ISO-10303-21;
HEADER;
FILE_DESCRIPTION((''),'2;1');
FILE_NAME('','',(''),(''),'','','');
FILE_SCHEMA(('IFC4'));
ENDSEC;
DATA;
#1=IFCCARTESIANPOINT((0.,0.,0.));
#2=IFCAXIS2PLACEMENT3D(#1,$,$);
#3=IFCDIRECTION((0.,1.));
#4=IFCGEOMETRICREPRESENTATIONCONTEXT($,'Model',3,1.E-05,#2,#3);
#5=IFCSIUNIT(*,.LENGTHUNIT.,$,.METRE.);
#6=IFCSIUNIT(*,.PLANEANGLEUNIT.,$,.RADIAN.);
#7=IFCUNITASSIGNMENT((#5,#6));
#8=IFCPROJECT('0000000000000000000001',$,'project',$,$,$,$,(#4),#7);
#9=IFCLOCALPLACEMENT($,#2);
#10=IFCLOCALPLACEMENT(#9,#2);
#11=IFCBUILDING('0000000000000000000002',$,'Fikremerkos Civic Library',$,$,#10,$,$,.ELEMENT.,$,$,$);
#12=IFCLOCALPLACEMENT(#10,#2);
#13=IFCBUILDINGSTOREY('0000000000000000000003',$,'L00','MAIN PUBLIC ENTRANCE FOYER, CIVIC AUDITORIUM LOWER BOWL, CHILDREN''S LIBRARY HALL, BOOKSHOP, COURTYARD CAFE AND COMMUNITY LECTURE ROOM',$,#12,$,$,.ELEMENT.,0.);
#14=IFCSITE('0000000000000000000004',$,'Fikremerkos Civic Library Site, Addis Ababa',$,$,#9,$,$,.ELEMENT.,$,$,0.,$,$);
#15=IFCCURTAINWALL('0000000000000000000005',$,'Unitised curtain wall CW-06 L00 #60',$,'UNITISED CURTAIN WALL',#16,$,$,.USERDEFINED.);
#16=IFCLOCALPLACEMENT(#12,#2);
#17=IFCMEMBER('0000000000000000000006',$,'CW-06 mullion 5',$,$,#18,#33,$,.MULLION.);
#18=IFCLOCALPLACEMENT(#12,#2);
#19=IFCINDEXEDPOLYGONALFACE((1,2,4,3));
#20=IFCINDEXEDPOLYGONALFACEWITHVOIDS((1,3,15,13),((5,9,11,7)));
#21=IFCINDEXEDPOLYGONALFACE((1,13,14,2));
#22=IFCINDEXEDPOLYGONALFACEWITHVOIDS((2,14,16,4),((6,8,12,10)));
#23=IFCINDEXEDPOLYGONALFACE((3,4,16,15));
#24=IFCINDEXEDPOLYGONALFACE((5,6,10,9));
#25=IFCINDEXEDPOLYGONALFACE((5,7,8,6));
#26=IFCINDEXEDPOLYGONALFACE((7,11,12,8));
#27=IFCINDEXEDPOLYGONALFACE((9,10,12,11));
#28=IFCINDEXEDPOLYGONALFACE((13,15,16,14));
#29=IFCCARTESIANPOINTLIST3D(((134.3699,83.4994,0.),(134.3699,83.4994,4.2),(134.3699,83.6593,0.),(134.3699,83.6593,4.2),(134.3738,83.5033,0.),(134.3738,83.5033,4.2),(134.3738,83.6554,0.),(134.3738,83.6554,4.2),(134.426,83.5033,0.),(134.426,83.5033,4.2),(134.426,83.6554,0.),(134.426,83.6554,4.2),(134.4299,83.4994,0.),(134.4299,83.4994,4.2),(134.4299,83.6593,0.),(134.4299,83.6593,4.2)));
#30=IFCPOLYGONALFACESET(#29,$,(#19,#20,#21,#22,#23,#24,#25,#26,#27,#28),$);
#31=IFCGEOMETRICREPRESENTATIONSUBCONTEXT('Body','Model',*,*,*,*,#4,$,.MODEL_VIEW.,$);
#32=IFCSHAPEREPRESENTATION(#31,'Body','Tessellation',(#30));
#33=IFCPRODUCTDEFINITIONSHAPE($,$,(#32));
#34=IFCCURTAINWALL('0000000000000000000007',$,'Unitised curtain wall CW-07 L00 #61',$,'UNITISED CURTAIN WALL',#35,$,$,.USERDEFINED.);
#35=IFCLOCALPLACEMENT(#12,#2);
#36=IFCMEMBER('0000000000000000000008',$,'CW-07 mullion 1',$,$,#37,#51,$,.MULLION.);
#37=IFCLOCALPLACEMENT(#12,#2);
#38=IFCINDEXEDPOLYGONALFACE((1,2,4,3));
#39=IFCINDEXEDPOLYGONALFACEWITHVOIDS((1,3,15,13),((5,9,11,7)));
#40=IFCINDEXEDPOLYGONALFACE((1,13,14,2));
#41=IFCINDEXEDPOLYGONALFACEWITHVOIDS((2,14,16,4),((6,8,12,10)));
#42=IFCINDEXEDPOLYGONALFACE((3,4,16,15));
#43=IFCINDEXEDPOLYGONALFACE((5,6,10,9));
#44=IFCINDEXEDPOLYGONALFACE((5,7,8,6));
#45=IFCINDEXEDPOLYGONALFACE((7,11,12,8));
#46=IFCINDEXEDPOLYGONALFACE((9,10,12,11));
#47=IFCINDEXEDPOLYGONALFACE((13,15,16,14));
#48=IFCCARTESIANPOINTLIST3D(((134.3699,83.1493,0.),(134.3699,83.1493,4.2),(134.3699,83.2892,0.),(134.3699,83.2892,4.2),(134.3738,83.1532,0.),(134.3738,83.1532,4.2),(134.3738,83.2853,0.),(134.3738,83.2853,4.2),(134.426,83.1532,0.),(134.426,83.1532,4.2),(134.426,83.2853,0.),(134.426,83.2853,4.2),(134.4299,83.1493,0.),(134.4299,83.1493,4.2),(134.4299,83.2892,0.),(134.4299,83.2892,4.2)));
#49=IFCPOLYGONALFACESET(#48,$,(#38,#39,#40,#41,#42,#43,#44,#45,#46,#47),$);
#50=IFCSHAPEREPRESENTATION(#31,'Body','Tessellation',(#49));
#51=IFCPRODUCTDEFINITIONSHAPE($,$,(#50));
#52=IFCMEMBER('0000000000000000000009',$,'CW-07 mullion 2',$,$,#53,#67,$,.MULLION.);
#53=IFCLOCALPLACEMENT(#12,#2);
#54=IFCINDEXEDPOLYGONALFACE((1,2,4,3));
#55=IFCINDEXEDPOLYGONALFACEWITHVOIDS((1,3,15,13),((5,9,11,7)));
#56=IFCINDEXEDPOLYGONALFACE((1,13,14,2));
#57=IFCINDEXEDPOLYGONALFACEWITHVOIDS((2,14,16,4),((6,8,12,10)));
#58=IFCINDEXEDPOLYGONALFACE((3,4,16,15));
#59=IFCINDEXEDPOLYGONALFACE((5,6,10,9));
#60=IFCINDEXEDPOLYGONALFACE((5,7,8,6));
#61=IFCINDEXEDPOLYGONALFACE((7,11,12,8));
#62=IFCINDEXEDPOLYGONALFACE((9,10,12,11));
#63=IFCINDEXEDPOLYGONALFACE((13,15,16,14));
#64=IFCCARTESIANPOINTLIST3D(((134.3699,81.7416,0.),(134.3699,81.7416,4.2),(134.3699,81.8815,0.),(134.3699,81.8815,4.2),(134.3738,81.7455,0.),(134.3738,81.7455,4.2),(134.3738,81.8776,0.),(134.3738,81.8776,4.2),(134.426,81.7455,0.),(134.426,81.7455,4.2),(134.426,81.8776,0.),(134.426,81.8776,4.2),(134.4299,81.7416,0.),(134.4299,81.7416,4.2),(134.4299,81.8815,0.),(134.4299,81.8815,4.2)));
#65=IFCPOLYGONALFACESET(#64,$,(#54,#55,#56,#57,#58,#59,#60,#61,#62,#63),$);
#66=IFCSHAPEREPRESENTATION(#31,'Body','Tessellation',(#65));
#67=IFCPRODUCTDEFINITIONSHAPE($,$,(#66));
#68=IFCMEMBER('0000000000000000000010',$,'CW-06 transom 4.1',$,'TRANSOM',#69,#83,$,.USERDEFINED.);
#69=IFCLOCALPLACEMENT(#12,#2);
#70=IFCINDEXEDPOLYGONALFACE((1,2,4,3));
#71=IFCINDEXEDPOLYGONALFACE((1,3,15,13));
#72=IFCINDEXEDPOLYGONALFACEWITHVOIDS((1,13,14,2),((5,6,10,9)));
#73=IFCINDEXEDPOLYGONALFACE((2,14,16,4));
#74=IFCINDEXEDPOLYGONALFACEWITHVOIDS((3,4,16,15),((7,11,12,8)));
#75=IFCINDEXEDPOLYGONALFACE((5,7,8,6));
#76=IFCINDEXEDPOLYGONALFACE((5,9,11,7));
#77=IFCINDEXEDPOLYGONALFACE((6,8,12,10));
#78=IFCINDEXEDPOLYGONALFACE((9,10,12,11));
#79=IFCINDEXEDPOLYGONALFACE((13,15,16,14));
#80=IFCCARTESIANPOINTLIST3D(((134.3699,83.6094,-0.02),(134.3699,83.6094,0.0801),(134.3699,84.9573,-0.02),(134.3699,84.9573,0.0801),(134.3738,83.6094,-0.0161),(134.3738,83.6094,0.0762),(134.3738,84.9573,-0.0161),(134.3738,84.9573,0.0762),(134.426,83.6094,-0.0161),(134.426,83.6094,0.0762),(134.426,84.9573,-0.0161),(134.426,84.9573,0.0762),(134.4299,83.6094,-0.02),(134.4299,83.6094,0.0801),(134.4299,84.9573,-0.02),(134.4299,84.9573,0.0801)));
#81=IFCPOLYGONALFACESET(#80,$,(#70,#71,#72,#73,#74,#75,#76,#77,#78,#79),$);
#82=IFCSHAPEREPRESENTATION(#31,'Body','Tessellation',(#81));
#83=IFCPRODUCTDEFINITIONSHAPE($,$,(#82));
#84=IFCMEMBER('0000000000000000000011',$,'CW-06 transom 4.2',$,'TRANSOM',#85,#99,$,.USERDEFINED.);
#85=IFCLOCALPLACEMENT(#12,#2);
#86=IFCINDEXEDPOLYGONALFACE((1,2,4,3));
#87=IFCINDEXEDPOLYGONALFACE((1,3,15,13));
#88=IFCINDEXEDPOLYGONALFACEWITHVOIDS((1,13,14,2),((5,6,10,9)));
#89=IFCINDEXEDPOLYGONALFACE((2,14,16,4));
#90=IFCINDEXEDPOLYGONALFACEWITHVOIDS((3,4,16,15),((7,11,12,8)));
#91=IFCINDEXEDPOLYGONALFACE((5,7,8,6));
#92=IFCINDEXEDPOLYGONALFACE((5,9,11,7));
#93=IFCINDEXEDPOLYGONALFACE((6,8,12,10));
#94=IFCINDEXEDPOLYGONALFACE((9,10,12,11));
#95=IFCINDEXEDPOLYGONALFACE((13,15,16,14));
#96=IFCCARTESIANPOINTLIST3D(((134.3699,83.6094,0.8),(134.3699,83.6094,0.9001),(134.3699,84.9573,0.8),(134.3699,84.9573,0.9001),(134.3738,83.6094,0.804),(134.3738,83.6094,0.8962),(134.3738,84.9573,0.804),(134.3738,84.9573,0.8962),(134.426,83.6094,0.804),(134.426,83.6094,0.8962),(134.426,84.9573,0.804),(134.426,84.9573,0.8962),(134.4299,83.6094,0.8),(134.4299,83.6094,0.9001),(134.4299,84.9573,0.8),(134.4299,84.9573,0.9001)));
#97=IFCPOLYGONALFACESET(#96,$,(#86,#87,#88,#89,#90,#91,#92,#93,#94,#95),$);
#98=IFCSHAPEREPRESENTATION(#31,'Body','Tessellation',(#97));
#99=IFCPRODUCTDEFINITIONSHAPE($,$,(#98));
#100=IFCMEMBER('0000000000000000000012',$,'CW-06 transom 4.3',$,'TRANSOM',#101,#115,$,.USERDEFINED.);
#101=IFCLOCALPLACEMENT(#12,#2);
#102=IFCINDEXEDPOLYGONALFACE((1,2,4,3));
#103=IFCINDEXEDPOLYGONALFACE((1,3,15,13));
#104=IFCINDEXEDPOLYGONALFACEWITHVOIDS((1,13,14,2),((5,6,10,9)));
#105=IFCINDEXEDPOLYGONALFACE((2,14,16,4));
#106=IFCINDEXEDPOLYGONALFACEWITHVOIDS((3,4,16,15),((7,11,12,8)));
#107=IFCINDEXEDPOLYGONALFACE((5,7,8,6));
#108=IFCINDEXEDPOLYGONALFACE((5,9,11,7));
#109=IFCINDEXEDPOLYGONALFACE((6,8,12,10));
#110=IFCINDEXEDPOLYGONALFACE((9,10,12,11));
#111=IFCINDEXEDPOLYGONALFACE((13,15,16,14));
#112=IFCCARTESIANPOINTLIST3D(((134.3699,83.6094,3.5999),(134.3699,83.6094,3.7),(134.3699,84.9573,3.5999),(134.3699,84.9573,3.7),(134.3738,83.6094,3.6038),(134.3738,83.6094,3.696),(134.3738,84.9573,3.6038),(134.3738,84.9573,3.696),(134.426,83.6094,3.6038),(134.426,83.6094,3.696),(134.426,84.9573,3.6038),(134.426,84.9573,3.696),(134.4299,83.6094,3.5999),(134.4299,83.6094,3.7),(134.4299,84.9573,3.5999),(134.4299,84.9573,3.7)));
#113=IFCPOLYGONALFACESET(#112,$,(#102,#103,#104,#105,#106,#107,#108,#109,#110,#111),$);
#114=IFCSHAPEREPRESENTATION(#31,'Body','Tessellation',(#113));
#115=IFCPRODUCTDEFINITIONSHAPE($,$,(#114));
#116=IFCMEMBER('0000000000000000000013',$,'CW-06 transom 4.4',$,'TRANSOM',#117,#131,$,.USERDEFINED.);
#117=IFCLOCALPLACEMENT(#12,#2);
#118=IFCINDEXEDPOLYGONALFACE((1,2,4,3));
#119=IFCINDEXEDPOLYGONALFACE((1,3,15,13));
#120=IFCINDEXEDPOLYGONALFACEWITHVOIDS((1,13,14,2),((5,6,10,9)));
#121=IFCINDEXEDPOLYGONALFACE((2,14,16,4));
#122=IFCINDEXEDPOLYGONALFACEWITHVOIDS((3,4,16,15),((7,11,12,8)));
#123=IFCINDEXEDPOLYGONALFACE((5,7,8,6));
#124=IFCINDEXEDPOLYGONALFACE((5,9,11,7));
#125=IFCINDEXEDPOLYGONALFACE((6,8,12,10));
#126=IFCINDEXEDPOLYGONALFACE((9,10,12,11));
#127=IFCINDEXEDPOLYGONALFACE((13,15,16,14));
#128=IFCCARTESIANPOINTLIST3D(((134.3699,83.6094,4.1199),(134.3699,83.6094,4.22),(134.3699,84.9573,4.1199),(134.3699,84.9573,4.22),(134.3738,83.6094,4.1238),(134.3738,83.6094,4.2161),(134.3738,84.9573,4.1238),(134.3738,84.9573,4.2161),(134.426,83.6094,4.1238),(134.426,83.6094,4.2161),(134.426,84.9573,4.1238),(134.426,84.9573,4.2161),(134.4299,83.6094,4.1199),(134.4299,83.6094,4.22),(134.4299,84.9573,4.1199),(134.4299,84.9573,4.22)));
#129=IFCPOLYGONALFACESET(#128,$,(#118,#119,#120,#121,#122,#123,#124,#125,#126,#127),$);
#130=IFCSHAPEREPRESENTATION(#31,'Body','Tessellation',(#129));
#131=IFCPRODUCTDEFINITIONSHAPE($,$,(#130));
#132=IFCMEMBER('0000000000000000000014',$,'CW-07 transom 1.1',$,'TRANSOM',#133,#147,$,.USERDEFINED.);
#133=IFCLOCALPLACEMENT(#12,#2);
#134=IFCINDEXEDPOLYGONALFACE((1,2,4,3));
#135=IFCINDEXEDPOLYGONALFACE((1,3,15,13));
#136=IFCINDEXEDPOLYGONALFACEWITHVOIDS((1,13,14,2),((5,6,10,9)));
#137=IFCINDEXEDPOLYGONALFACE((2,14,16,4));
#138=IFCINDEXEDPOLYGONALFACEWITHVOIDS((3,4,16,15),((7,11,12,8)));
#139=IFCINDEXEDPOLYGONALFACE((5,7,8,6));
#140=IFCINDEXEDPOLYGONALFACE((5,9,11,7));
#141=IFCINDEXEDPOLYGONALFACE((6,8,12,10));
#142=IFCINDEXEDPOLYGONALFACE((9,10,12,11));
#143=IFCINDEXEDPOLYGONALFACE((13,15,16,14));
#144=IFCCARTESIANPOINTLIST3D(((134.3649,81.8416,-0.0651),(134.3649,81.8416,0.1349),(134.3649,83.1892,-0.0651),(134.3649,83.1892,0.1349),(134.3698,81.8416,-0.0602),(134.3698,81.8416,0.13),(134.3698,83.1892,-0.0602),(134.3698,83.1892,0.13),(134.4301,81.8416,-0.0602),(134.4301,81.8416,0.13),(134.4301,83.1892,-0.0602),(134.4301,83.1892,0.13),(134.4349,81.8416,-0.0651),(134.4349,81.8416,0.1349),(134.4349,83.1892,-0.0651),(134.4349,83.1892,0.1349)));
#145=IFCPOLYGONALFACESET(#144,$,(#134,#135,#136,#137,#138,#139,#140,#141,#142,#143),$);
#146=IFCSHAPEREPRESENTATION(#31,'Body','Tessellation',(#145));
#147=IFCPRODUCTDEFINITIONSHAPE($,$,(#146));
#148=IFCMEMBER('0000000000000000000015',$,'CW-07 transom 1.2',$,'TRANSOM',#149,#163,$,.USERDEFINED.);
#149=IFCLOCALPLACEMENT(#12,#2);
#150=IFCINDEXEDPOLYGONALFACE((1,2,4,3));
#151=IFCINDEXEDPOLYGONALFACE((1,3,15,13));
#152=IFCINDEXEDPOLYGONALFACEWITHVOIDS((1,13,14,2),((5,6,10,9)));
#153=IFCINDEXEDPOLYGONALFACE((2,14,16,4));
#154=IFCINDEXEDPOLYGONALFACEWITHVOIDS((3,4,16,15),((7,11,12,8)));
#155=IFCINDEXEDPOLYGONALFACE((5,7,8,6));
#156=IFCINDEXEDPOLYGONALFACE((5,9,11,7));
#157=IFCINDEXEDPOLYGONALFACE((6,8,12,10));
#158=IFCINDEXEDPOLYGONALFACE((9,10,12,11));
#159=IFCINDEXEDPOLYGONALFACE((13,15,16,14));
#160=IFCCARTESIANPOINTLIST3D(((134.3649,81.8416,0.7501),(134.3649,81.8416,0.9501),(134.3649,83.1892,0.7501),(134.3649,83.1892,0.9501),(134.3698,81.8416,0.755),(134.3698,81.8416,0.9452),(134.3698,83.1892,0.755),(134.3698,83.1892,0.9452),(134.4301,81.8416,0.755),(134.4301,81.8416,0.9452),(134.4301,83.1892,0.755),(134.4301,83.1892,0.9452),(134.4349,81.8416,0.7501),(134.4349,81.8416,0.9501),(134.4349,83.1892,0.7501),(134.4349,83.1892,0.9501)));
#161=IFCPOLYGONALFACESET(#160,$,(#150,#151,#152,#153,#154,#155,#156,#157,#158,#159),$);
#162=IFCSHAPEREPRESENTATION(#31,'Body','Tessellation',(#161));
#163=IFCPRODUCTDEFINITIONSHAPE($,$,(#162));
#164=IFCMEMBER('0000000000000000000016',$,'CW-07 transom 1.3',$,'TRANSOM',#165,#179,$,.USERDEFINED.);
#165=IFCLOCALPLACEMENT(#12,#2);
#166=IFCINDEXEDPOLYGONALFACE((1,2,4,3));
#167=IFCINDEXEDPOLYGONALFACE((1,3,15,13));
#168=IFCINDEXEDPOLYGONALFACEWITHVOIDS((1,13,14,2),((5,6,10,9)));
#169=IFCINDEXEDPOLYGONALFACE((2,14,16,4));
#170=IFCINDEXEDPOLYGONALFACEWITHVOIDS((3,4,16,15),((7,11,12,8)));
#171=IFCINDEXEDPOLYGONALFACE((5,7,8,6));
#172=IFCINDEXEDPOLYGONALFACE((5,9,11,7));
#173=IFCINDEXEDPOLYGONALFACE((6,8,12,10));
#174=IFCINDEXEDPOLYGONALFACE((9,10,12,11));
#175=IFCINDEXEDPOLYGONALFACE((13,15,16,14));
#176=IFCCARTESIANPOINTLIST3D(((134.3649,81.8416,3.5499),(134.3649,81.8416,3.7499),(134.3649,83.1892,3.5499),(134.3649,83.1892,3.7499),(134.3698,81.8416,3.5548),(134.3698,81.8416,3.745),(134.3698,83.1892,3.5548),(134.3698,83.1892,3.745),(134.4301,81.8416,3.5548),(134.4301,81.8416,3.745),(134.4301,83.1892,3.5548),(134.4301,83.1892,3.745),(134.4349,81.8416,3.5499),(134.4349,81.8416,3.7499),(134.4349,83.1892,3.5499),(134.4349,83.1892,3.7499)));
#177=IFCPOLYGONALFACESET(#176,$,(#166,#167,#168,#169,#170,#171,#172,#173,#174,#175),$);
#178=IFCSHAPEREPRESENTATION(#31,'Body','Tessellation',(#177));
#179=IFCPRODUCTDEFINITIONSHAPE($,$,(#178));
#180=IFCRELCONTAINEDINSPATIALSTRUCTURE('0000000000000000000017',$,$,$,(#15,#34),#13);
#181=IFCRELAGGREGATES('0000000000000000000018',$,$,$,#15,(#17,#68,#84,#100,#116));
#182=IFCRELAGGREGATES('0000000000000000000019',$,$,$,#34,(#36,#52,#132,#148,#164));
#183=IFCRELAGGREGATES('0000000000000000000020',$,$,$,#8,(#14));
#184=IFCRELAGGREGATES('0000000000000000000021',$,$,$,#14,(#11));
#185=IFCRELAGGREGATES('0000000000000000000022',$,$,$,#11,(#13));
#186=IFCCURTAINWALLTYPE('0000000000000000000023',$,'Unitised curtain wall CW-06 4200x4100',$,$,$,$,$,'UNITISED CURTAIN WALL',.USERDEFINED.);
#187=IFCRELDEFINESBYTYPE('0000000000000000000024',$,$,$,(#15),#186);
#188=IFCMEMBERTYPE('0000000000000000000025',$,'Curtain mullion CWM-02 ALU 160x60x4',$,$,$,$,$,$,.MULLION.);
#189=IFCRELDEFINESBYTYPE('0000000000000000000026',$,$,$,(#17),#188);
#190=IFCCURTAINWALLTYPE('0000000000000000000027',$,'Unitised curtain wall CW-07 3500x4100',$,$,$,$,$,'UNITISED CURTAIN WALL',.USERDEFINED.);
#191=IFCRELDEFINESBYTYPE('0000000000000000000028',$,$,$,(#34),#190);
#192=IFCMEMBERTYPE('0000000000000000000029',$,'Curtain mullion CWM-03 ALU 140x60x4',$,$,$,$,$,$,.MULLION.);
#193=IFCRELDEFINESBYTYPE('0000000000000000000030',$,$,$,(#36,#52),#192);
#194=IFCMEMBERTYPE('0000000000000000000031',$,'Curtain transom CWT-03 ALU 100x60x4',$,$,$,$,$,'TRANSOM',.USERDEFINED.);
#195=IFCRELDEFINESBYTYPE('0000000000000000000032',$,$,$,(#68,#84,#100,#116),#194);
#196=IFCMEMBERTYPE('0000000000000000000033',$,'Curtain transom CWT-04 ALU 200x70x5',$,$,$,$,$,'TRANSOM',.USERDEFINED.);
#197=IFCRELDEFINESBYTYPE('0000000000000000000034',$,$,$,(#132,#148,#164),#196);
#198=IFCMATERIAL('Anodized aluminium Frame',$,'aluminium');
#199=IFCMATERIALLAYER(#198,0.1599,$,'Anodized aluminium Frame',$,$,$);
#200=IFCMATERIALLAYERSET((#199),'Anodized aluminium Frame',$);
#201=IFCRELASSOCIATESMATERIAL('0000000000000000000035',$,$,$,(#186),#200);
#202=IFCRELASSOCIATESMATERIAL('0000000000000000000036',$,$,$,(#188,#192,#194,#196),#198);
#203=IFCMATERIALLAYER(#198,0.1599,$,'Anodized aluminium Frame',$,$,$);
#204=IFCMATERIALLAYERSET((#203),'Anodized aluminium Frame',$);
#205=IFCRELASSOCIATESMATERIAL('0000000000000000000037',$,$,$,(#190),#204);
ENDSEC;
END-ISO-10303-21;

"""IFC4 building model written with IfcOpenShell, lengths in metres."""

from ifc_helpers import new_model, si_unit, direction, frame, origin, origin_2d, place, context, subcontext, project, spatial, hollow_rectangle, extrude, material, layer, layer_set, material_profile, profile_set, type_object, element, aggregate, save


model = new_model("IFC4")

# Units and contexts
model_context = context("Model", 3, precision=1e-05, world=origin(), true_north=direction((0.0, 1.0)))
body_context = subcontext(model_context, "Body", "Model", "MODEL_VIEW")
ifc_project = project(units=[si_unit("LENGTHUNIT", "METRE"), si_unit("PLANEANGLEUNIT", "RADIAN")], contexts=[model_context])

# Site, building, storey
site_placement = place(None, origin())
site = spatial("IfcSite", under=ifc_project, at=site_placement, Name="Fikremerkos Civic Library Site, Addis Ababa", CompositionType="ELEMENT", RefElevation=0.0)
building_placement = place(site_placement, origin())
building = spatial("IfcBuilding", under=site, at=building_placement, Name="Fikremerkos Civic Library", CompositionType="ELEMENT")
storey_placement = place(building_placement, origin())
storey = spatial("IfcBuildingStorey", under=building, at=storey_placement, Name="L00", Description="MAIN PUBLIC ENTRANCE FOYER, CIVIC AUDITORIUM LOWER BOWL, CHILDREN'S LIBRARY HALL, BOOKSHOP, COURTYARD CAFE AND COMMUNITY LECTURE ROOM", CompositionType="ELEMENT", Elevation=0.0)

# Curtain wall, member
ifc_material_1 = material(Name="Anodized aluminium Frame", Category="aluminium")
ifc_layer_1 = layer(ifc_material_1, 0.1599, Name="Anodized aluminium Frame")
ifc_layer_set_1 = layer_set([ifc_layer_1], Name="Anodized aluminium Frame")
curtain_wall_type_1 = type_object("IfcCurtainWallType", Name="Unitised curtain wall CW-06 4200x4100", ElementType="UNITISED CURTAIN WALL", PredefinedType="USERDEFINED", material=ifc_layer_set_1)
curtain_wall_1_placement = place(storey_placement, origin())
curtain_wall_1 = element("IfcCurtainWall", 1, at=curtain_wall_1_placement, inside=storey, type_object=curtain_wall_type_1, Name="Unitised curtain wall CW-06 L00 #60", ObjectType="UNITISED CURTAIN WALL", PredefinedType="USERDEFINED")
ifc_material_profile_1 = material_profile(ifc_material_1, hollow_rectangle(XDim=0.0601, YDim=0.1599, WallThickness=0.0039, at=origin_2d()), Name="ALU 160x60x4")
ifc_profile_set_1 = profile_set([ifc_material_profile_1], Name="Anodized aluminium Frame")
member_type_1 = type_object("IfcMemberType", Name="Curtain mullion CWM-02 ALU 160x60x4", PredefinedType="MULLION", material=ifc_profile_set_1)
member_1_placement = place(storey_placement, frame((134.3999, 83.5793, 0.0), z_axis=(0.0, 0.0, 1.0), x_axis=(1.0, 0.0, 0.0)))
member_1 = element("IfcMember", 2, at=member_1_placement, type_object=member_type_1, Name="CW-06 mullion 5", PredefinedType="MULLION", context=body_context, shape_type="SweptSolid", body=[
    extrude(hollow_rectangle(XDim=0.0601, YDim=0.1599, WallThickness=0.0039, at=origin_2d()), origin(), (0.0, 0.0, 1.0), 4.2),
])

# Curtain wall, members
ifc_layer_2 = layer(ifc_material_1, 0.1599, Name="Anodized aluminium Frame")
ifc_layer_set_2 = layer_set([ifc_layer_2], Name="Anodized aluminium Frame")
curtain_wall_type_2 = type_object("IfcCurtainWallType", Name="Unitised curtain wall CW-07 3500x4100", ElementType="UNITISED CURTAIN WALL", PredefinedType="USERDEFINED", material=ifc_layer_set_2)
curtain_wall_2_placement = place(storey_placement, origin())
curtain_wall_2 = element("IfcCurtainWall", 3, at=curtain_wall_2_placement, inside=storey, type_object=curtain_wall_type_2, Name="Unitised curtain wall CW-07 L00 #61", ObjectType="UNITISED CURTAIN WALL", PredefinedType="USERDEFINED")
ifc_material_profile_2 = material_profile(ifc_material_1, hollow_rectangle(XDim=0.0601, YDim=0.1399, WallThickness=0.0039, at=origin_2d()), Name="ALU 140x60x4")
ifc_profile_set_2 = profile_set([ifc_material_profile_2], Name="Anodized aluminium Frame")
member_type_2 = type_object("IfcMemberType", Name="Curtain mullion CWM-03 ALU 140x60x4", PredefinedType="MULLION", material=ifc_profile_set_2)
member_2_placement = place(storey_placement, frame((134.3999, 83.2192, 0.0), z_axis=(0.0, 0.0, 1.0), x_axis=(1.0, 0.0, 0.0)))
member_2 = element("IfcMember", 4, at=member_2_placement, type_object=member_type_2, Name="CW-07 mullion 1", PredefinedType="MULLION", context=body_context, shape_type="SweptSolid", body=[
    extrude(hollow_rectangle(XDim=0.0601, YDim=0.1399, WallThickness=0.0039, at=origin_2d()), origin(), (0.0, 0.0, 1.0), 4.2),
])
member_3_placement = place(storey_placement, frame((134.3999, 81.8115, 0.0), z_axis=(0.0, 0.0, 1.0), x_axis=(1.0, 0.0, 0.0)))
member_3 = element("IfcMember", 5, at=member_3_placement, type_object=member_type_2, Name="CW-07 mullion 2", PredefinedType="MULLION", context=body_context, shape_type="SweptSolid", body=[
    extrude(hollow_rectangle(XDim=0.0601, YDim=0.1399, WallThickness=0.0039, at=origin_2d()), origin(), (0.0, 0.0, 1.0), 4.2),
])

# Members
ifc_material_profile_3 = material_profile(ifc_material_1, hollow_rectangle(XDim=0.0601, YDim=0.1001, WallThickness=0.0039, at=origin_2d()), Name="ALU 100x60x4")
ifc_profile_set_3 = profile_set([ifc_material_profile_3], Name="Anodized aluminium Frame")
member_type_3 = type_object("IfcMemberType", Name="Curtain transom CWT-03 ALU 100x60x4", ElementType="TRANSOM", PredefinedType="USERDEFINED", material=ifc_profile_set_3)
member_4_placement = place(storey_placement, frame((134.3999, 84.9573, 0.03), z_axis=(0.0, -1.0, 0.0), x_axis=(1.0, 0.0, 0.0)))
member_4 = element("IfcMember", 6, at=member_4_placement, type_object=member_type_3, Name="CW-06 transom 4.1", ObjectType="TRANSOM", PredefinedType="USERDEFINED", context=body_context, shape_type="SweptSolid", body=[
    extrude(hollow_rectangle(XDim=0.0601, YDim=0.1001, WallThickness=0.0039, at=origin_2d()), origin(), (0.0, 0.0, 1.0), 1.3479),
])
member_5_placement = place(storey_placement, frame((134.3999, 84.9573, 0.8501), z_axis=(0.0, -1.0, 0.0), x_axis=(1.0, 0.0, 0.0)))
member_5 = element("IfcMember", 7, at=member_5_placement, type_object=member_type_3, Name="CW-06 transom 4.2", ObjectType="TRANSOM", PredefinedType="USERDEFINED", context=body_context, shape_type="SweptSolid", body=[
    extrude(hollow_rectangle(XDim=0.0601, YDim=0.1001, WallThickness=0.0039, at=origin_2d()), origin(), (0.0, 0.0, 1.0), 1.3479),
])
member_6_placement = place(storey_placement, frame((134.3999, 84.9573, 3.6499), z_axis=(0.0, -1.0, 0.0), x_axis=(1.0, 0.0, 0.0)))
member_6 = element("IfcMember", 8, at=member_6_placement, type_object=member_type_3, Name="CW-06 transom 4.3", ObjectType="TRANSOM", PredefinedType="USERDEFINED", context=body_context, shape_type="SweptSolid", body=[
    extrude(hollow_rectangle(XDim=0.0601, YDim=0.1001, WallThickness=0.0039, at=origin_2d()), origin(), (0.0, 0.0, 1.0), 1.3479),
])
member_7_placement = place(storey_placement, frame((134.3999, 84.9573, 4.1699), z_axis=(0.0, -1.0, 0.0), x_axis=(1.0, 0.0, 0.0)))
member_7 = element("IfcMember", 9, at=member_7_placement, type_object=member_type_3, Name="CW-06 transom 4.4", ObjectType="TRANSOM", PredefinedType="USERDEFINED", context=body_context, shape_type="SweptSolid", body=[
    extrude(hollow_rectangle(XDim=0.0601, YDim=0.1001, WallThickness=0.0039, at=origin_2d()), origin(), (0.0, 0.0, 1.0), 1.3479),
])
ifc_material_profile_4 = material_profile(ifc_material_1, hollow_rectangle(XDim=0.0701, YDim=0.2, WallThickness=0.0049, at=origin_2d()), Name="ALU 200x70x5")
ifc_profile_set_4 = profile_set([ifc_material_profile_4], Name="Anodized aluminium Frame")
member_type_4 = type_object("IfcMemberType", Name="Curtain transom CWT-04 ALU 200x70x5", ElementType="TRANSOM", PredefinedType="USERDEFINED", material=ifc_profile_set_4)
member_8_placement = place(storey_placement, frame((134.3999, 83.1892, 0.0349), z_axis=(0.0, -1.0, 0.0), x_axis=(1.0, 0.0, 0.0)))
member_8 = element("IfcMember", 10, at=member_8_placement, type_object=member_type_4, Name="CW-07 transom 1.1", ObjectType="TRANSOM", PredefinedType="USERDEFINED", context=body_context, shape_type="SweptSolid", body=[
    extrude(hollow_rectangle(XDim=0.0701, YDim=0.2, WallThickness=0.0049, at=origin_2d()), origin(), (0.0, 0.0, 1.0), 1.3477),
])
member_9_placement = place(storey_placement, frame((134.3999, 83.1892, 0.8501), z_axis=(0.0, -1.0, 0.0), x_axis=(1.0, 0.0, 0.0)))
member_9 = element("IfcMember", 11, at=member_9_placement, type_object=member_type_4, Name="CW-07 transom 1.2", ObjectType="TRANSOM", PredefinedType="USERDEFINED", context=body_context, shape_type="SweptSolid", body=[
    extrude(hollow_rectangle(XDim=0.0701, YDim=0.2, WallThickness=0.0049, at=origin_2d()), origin(), (0.0, 0.0, 1.0), 1.3477),
])
member_10_placement = place(storey_placement, frame((134.3999, 83.1892, 3.6499), z_axis=(0.0, -1.0, 0.0), x_axis=(1.0, 0.0, 0.0)))
member_10 = element("IfcMember", 12, at=member_10_placement, type_object=member_type_4, Name="CW-07 transom 1.3", ObjectType="TRANSOM", PredefinedType="USERDEFINED", context=body_context, shape_type="SweptSolid", body=[
    extrude(hollow_rectangle(XDim=0.0701, YDim=0.2, WallThickness=0.0049, at=origin_2d()), origin(), (0.0, 0.0, 1.0), 1.3477),
])

aggregate(curtain_wall_1, [member_1, member_4, member_5, member_6, member_7])
aggregate(curtain_wall_2, [member_2, member_3, member_8, member_9, member_10])

save(model, "model.ifc")
